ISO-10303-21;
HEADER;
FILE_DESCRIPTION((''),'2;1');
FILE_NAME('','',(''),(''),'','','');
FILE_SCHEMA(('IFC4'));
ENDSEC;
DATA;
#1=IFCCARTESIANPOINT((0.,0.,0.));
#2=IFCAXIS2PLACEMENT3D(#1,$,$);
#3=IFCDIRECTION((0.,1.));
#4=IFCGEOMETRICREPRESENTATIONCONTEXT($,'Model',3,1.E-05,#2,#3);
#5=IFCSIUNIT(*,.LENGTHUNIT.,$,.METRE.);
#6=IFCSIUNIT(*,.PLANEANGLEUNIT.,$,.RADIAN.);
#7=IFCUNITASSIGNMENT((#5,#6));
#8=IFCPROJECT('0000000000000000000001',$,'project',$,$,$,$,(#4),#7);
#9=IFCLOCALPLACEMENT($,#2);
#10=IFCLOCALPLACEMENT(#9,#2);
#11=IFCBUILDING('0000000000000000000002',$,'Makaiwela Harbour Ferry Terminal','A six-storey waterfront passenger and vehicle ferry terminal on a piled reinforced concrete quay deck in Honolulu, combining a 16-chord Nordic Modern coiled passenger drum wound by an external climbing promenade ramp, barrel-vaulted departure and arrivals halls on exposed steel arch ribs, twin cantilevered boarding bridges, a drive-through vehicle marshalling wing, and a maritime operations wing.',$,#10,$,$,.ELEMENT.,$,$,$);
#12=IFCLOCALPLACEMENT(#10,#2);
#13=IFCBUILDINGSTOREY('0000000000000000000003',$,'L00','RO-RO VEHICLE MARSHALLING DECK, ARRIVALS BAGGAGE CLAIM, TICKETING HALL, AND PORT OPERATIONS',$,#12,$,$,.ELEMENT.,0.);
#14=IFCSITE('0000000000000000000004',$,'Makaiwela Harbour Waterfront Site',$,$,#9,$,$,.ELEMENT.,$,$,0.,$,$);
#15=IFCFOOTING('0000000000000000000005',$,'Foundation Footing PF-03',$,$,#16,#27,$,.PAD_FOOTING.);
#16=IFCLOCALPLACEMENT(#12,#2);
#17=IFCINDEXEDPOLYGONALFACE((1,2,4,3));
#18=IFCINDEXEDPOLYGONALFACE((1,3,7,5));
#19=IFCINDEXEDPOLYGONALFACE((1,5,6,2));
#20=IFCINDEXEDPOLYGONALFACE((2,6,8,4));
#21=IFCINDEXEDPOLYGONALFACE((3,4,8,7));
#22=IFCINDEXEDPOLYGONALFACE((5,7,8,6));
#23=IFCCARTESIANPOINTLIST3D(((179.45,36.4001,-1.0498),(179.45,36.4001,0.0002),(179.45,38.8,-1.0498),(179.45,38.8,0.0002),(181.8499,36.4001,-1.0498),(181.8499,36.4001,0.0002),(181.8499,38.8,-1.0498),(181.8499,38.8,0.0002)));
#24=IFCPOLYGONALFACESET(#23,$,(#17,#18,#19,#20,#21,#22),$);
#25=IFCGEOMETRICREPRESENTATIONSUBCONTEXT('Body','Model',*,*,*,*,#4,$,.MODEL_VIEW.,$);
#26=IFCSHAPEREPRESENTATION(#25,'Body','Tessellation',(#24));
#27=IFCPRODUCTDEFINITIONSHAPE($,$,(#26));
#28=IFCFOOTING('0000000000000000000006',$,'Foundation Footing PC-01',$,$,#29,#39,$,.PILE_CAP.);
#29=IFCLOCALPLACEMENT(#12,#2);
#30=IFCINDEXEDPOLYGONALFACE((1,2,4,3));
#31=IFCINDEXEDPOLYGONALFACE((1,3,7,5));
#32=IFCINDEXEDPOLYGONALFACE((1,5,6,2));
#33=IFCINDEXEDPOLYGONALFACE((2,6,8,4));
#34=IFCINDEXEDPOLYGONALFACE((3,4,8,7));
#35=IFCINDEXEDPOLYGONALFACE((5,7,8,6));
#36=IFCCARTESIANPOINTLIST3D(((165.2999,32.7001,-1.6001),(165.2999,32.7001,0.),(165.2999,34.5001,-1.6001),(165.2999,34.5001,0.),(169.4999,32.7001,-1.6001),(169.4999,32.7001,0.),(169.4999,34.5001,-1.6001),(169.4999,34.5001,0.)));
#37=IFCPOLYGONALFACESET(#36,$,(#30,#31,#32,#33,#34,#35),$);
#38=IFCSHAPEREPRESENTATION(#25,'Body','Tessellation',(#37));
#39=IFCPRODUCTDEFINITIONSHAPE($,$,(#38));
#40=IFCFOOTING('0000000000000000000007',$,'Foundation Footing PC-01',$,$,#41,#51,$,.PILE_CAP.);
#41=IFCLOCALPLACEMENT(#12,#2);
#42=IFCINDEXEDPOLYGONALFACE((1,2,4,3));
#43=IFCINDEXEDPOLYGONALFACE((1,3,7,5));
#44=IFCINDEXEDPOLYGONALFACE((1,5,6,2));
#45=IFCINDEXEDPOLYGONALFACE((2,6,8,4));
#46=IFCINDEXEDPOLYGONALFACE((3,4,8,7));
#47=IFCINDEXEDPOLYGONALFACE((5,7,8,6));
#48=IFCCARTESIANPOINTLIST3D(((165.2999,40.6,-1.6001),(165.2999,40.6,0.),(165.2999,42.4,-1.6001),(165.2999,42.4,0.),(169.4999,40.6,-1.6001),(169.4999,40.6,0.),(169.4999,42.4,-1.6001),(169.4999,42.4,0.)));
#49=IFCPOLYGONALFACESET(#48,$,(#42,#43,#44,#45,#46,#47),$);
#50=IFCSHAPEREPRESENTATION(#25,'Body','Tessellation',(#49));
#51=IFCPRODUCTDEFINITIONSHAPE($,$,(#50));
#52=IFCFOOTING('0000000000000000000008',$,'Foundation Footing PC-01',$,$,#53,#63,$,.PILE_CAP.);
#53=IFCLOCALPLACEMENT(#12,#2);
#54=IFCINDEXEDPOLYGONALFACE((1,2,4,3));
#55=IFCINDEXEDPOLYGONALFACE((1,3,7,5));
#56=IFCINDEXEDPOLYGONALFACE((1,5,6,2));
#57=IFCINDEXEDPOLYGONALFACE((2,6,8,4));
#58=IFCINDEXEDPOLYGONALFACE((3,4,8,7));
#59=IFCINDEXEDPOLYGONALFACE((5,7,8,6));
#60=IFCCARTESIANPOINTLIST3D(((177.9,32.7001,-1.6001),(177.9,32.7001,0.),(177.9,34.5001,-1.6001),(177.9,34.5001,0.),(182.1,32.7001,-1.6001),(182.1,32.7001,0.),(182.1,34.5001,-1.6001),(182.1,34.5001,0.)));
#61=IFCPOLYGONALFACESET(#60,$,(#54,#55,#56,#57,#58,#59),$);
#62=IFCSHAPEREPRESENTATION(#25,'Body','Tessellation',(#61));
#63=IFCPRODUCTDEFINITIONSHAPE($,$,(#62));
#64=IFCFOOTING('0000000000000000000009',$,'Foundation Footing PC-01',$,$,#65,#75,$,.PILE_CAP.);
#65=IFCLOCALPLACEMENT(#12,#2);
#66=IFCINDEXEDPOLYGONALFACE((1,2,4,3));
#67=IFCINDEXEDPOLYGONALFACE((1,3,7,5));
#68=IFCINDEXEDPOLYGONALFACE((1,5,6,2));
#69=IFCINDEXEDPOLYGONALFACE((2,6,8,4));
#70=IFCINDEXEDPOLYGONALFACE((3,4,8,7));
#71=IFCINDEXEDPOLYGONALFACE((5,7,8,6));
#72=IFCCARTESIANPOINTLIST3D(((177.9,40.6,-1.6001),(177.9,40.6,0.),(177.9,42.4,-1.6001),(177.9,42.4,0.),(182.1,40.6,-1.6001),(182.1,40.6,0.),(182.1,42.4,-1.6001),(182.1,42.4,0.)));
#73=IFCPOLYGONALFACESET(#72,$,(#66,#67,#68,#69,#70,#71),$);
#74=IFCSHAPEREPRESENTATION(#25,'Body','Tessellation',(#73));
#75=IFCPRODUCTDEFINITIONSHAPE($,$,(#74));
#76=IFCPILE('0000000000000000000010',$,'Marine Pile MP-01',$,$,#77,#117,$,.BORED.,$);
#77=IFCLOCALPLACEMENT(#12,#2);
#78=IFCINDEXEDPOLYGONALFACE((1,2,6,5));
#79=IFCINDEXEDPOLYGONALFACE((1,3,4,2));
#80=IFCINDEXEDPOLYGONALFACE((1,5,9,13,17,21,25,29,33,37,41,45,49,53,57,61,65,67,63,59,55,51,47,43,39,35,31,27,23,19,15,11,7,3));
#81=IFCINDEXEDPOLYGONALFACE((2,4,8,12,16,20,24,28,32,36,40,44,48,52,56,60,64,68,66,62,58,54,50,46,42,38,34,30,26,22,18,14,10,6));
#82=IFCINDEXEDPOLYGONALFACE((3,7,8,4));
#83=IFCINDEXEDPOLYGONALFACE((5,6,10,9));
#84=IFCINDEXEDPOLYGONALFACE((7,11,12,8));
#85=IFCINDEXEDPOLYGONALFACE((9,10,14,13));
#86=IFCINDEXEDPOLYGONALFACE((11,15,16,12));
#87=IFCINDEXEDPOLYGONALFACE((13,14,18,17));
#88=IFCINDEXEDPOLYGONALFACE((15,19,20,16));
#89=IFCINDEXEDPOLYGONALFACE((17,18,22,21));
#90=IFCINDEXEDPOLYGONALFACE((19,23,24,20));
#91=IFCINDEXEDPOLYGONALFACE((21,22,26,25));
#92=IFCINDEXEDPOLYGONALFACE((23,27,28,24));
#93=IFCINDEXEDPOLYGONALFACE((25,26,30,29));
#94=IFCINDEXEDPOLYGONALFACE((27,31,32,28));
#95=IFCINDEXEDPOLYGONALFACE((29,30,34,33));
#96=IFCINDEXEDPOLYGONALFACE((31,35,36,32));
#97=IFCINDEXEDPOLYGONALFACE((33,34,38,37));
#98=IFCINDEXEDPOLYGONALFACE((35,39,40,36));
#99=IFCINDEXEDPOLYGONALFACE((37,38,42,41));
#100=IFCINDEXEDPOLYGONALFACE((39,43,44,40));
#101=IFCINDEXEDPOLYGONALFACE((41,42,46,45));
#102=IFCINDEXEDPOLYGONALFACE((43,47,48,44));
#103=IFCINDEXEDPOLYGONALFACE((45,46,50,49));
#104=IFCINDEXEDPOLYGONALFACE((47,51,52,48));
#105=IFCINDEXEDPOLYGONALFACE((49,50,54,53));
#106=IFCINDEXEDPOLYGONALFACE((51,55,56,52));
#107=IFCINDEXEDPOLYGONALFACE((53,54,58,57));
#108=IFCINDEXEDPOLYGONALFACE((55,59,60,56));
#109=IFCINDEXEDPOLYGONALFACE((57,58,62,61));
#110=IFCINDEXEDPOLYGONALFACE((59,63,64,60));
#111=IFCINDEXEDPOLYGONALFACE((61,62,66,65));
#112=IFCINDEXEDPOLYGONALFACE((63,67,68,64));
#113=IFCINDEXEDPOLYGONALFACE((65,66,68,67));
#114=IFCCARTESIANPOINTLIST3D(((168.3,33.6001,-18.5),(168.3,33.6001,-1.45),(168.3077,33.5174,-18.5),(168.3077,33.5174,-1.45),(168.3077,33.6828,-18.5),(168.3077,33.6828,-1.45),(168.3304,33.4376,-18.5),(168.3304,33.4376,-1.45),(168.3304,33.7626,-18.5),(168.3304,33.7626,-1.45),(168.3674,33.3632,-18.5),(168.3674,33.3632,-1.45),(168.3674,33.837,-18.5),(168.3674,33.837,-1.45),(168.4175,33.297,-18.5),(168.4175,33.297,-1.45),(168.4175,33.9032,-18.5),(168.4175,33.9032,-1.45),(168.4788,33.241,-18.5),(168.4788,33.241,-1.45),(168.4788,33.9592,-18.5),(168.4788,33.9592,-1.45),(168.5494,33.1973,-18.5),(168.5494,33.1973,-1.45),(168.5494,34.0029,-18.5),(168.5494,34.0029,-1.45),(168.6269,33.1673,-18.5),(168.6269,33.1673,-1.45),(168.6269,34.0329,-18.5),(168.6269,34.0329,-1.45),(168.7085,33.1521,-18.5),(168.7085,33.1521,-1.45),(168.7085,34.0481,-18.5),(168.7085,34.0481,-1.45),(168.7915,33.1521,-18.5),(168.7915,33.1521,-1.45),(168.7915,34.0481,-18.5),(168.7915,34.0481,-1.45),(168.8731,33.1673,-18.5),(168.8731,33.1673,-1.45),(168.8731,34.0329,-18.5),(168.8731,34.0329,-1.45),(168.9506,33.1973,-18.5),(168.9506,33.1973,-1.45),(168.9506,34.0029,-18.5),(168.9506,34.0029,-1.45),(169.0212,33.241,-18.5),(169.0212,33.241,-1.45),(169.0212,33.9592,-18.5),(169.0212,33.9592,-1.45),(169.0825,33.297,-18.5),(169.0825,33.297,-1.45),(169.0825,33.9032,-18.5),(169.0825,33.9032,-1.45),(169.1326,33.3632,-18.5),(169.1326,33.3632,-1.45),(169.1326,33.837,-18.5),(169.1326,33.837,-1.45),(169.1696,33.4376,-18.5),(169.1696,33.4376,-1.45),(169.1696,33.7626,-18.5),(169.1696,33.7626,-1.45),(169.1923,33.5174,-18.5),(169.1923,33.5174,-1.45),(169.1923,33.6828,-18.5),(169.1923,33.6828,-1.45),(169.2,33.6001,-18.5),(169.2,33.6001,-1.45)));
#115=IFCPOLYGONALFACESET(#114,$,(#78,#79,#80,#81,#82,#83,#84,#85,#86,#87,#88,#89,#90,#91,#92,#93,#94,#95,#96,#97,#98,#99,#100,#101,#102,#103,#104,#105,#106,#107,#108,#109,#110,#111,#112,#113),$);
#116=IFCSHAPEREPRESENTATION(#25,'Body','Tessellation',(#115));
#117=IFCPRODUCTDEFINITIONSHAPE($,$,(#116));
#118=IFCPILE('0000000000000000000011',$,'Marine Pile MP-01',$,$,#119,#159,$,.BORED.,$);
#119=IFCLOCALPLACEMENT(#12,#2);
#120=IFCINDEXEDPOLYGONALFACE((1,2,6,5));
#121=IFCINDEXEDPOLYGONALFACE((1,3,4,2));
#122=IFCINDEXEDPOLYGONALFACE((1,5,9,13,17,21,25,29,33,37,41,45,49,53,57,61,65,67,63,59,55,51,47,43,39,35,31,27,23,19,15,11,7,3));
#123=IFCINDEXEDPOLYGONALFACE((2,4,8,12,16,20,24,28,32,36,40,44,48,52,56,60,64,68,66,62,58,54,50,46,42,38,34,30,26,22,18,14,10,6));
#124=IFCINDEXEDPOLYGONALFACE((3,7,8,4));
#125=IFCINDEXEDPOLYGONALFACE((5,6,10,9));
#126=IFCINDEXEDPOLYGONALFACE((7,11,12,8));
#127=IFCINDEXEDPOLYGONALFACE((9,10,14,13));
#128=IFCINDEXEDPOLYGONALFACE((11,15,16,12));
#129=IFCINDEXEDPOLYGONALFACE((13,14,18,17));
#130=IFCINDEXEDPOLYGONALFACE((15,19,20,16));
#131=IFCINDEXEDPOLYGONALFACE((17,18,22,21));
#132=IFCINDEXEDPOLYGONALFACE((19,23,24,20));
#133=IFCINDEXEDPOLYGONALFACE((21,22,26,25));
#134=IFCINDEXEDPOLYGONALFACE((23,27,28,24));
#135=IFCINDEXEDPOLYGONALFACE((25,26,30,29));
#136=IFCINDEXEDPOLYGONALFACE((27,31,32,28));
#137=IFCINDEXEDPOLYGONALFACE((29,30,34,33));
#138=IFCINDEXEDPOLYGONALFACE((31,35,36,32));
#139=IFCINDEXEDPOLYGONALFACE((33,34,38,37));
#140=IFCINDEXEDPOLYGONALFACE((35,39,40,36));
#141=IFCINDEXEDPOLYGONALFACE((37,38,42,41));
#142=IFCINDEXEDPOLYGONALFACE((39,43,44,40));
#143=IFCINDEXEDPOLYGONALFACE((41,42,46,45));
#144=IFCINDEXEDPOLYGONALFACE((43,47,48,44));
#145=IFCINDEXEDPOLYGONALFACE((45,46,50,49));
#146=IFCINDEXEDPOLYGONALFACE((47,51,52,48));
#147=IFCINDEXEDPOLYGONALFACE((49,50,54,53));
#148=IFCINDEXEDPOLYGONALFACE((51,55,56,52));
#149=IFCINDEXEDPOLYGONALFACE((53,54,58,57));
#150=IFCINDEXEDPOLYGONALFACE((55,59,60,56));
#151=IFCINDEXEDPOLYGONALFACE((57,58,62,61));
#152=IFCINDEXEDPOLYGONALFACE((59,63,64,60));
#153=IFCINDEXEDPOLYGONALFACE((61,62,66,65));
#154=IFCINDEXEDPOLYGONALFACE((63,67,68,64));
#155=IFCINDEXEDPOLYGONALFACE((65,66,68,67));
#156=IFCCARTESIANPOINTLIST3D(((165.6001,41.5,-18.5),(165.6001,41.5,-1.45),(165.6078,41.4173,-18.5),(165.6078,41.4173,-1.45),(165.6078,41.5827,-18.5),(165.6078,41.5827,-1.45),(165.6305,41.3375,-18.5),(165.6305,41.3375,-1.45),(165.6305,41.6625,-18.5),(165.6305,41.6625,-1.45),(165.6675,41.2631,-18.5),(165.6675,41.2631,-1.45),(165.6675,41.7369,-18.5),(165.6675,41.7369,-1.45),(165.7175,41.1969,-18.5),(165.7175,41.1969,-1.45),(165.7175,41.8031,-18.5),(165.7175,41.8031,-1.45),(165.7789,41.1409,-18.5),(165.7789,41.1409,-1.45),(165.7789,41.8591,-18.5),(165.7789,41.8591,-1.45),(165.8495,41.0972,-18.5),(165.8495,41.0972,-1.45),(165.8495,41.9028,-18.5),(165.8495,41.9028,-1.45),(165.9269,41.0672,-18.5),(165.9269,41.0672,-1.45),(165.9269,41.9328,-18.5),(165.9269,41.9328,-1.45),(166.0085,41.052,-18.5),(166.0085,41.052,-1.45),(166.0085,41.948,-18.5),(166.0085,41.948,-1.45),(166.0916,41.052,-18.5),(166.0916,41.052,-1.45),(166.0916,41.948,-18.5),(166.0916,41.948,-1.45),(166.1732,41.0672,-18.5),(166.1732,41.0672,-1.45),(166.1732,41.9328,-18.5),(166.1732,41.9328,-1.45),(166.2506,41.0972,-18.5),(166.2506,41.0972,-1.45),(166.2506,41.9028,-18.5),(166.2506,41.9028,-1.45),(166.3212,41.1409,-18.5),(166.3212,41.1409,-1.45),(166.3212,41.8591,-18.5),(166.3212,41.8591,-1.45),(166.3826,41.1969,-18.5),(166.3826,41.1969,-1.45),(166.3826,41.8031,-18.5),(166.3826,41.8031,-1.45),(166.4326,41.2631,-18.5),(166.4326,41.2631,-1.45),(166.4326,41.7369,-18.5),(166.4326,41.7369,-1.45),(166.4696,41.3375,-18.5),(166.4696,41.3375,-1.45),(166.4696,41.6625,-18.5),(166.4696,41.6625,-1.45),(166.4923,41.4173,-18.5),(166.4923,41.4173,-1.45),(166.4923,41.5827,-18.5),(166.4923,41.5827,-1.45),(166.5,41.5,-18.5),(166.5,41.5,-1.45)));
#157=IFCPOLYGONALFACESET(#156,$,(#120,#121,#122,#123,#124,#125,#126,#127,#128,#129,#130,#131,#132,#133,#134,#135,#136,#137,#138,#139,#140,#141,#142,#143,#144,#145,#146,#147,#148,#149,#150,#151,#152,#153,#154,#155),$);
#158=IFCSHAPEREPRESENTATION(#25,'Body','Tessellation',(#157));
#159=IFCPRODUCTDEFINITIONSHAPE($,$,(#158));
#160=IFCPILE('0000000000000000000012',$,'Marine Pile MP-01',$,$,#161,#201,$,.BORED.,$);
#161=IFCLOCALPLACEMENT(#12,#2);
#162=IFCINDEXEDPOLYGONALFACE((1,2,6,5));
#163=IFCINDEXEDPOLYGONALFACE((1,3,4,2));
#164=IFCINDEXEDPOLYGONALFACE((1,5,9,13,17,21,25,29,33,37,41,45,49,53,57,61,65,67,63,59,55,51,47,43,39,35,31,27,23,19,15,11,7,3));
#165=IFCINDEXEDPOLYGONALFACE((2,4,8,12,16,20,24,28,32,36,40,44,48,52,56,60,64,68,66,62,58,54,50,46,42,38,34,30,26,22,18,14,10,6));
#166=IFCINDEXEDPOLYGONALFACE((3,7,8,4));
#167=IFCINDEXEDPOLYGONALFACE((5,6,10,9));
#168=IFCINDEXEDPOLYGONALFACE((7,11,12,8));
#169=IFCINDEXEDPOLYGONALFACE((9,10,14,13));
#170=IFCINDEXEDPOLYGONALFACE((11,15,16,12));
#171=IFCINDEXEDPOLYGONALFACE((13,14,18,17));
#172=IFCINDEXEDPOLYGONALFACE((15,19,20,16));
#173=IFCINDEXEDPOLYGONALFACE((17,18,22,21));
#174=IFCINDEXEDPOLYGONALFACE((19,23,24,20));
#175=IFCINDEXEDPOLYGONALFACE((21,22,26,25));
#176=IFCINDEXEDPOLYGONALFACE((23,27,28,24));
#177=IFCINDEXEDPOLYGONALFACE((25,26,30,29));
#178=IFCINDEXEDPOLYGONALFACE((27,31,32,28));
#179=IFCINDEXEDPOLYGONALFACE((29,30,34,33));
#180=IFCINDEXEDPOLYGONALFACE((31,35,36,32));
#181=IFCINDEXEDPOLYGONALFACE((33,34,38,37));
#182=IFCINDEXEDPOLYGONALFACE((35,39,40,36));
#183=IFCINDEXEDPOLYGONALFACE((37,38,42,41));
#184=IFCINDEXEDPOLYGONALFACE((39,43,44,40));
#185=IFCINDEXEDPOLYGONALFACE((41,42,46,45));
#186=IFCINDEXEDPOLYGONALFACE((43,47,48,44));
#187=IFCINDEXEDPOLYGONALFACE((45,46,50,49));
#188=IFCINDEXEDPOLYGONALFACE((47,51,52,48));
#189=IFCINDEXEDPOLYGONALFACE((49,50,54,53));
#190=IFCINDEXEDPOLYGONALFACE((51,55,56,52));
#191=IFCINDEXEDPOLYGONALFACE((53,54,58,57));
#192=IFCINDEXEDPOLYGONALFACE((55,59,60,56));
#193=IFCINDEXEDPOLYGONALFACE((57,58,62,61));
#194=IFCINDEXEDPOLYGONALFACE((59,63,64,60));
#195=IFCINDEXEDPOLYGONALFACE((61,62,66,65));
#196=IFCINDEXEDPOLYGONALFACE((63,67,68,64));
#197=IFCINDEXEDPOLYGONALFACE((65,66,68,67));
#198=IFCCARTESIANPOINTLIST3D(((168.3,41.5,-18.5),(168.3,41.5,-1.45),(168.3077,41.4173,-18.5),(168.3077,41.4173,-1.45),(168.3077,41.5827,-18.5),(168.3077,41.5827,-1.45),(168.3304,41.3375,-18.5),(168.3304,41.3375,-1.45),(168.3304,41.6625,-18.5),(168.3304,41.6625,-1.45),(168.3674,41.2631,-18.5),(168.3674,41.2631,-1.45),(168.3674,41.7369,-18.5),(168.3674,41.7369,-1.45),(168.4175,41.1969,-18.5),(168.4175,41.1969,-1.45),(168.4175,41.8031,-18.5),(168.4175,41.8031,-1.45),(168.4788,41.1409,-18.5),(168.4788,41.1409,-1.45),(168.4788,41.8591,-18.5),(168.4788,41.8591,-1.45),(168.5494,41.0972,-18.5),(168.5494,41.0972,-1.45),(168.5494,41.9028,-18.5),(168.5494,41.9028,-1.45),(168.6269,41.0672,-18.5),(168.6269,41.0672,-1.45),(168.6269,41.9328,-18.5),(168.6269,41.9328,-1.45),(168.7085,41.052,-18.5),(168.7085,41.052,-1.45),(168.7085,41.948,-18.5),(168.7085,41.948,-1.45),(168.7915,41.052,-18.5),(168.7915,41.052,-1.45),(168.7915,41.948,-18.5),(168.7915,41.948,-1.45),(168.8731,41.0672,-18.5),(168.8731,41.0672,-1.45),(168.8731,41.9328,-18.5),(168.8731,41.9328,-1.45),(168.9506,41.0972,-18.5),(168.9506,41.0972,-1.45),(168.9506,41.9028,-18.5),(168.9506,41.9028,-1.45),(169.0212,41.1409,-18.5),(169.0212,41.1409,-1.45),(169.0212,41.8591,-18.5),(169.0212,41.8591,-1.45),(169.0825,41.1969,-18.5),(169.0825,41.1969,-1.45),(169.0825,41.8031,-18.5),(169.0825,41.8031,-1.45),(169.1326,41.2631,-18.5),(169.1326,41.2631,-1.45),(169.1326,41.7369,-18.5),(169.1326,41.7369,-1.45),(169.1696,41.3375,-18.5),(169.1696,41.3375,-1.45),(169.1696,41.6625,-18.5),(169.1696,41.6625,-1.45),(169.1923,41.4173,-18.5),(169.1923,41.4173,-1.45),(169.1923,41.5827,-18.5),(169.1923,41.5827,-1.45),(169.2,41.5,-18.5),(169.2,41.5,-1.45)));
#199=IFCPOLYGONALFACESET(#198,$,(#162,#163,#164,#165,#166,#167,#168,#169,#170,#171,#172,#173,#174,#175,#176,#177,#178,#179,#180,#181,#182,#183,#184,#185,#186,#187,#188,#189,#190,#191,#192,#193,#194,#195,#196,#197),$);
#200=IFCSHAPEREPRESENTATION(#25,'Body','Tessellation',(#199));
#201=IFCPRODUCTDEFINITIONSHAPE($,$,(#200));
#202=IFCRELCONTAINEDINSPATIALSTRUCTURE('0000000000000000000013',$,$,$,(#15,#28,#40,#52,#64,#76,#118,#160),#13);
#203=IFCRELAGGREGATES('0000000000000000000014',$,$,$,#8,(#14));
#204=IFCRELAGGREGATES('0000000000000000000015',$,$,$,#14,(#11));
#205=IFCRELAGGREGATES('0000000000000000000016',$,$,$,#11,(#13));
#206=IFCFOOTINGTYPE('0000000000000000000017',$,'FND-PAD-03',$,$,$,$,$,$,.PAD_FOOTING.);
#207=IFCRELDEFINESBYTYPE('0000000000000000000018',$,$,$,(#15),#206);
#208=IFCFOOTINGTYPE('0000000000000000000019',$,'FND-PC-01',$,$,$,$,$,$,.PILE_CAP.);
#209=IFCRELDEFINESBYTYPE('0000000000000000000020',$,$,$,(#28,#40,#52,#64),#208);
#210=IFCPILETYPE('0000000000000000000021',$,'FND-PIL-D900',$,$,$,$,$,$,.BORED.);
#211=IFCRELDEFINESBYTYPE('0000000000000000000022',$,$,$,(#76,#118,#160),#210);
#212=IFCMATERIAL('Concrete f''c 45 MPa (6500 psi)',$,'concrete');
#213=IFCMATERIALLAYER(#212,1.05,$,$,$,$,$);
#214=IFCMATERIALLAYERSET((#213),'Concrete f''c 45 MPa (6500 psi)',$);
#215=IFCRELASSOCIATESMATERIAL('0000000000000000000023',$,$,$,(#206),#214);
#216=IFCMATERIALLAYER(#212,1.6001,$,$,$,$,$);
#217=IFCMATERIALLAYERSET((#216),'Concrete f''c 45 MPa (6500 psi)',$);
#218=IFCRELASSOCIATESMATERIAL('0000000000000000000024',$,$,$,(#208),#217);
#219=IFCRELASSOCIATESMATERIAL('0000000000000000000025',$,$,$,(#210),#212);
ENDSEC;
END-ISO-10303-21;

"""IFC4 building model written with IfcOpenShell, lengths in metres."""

from ifc_helpers import new_model, si_unit, direction, frame, origin, origin_2d, place, context, subcontext, project, spatial, rectangle, circle, extrude, material, layer, layer_set, material_profile, profile_set, type_object, element, save


model = new_model("IFC4")

# Units and contexts
model_context = context("Model", 3, precision=1e-05, world=origin(), true_north=direction((0.0, 1.0)))
body_context = subcontext(model_context, "Body", "Model", "MODEL_VIEW")
ifc_project = project(units=[si_unit("LENGTHUNIT", "METRE"), si_unit("PLANEANGLEUNIT", "RADIAN")], contexts=[model_context])

# Site, building, storey
site_placement = place(None, origin())
site = spatial("IfcSite", under=ifc_project, at=site_placement, Name="Makaiwela Harbour Waterfront Site", CompositionType="ELEMENT", RefElevation=0.0)
building_placement = place(site_placement, origin())
building = spatial("IfcBuilding", under=site, at=building_placement, Name="Makaiwela Harbour Ferry Terminal", Description="A six-storey waterfront passenger and vehicle ferry terminal on a piled reinforced concrete quay deck in Honolulu, combining a 16-chord Nordic Modern coiled passenger drum wound by an external climbing promenade ramp, barrel-vaulted departure and arrivals halls on exposed steel arch ribs, twin cantilevered boarding bridges, a drive-through vehicle marshalling wing, and a maritime operations wing.", CompositionType="ELEMENT")
storey_placement = place(building_placement, origin())
storey = spatial("IfcBuildingStorey", under=building, at=storey_placement, Name="L00", Description="RO-RO VEHICLE MARSHALLING DECK, ARRIVALS BAGGAGE CLAIM, TICKETING HALL, AND PORT OPERATIONS", CompositionType="ELEMENT", Elevation=0.0)

# Footings
ifc_material_1 = material(Name="Concrete f'c 45 MPa (6500 psi)", Category="concrete")
ifc_layer_1 = layer(ifc_material_1, 1.05)
ifc_layer_set_1 = layer_set([ifc_layer_1], Name="Concrete f'c 45 MPa (6500 psi)")
footing_type_1 = type_object("IfcFootingType", Name="FND-PAD-03", PredefinedType="PAD_FOOTING", material=ifc_layer_set_1)
footing_1_placement = place(storey_placement, frame((180.6499, 37.6001, -1.0498), z_axis=(0.0, 0.0, 1.0), x_axis=(1.0, 0.0, 0.0)))
element("IfcFooting", 1, at=footing_1_placement, inside=storey, type_object=footing_type_1, Name="Foundation Footing PF-03", PredefinedType="PAD_FOOTING", context=body_context, shape_type="SweptSolid", body=[
    extrude(rectangle(XDim=2.3999, YDim=2.3999, at=origin_2d()), origin(), (0.0, 0.0, 1.0), 1.05),
])
ifc_layer_2 = layer(ifc_material_1, 1.6001)
ifc_layer_set_2 = layer_set([ifc_layer_2], Name="Concrete f'c 45 MPa (6500 psi)")
footing_type_2 = type_object("IfcFootingType", Name="FND-PC-01", PredefinedType="PILE_CAP", material=ifc_layer_set_2)
for number, where, z_axis, x_axis, name in (
    (2, (167.3999, 33.6001, -1.6001), (0.0, 0.0, 1.0), (1.0, 0.0, 0.0), "Foundation Footing PC-01"),
    (3, (167.3999, 41.5, -1.6001), (0.0, 0.0, 1.0), (1.0, 0.0, 0.0), "Foundation Footing PC-01"),
    (4, (180.0, 33.6001, -1.6001), (0.0, 0.0, 1.0), (1.0, 0.0, 0.0), "Foundation Footing PC-01"),
    (5, (180.0, 41.5, -1.6001), (0.0, 0.0, 1.0), (1.0, 0.0, 0.0), "Foundation Footing PC-01"),
):
    element("IfcFooting", number, at=place(storey_placement, frame(where, z_axis=z_axis, x_axis=x_axis)), inside=storey, type_object=footing_type_2, Name=name, PredefinedType="PILE_CAP", context=body_context, shape_type="SweptSolid", body=[
        extrude(rectangle(XDim=4.2, YDim=1.8, at=origin_2d()), origin(), (0.0, 0.0, 1.0), 1.6001),
    ])

# Piles
ifc_material_profile_1 = material_profile(ifc_material_1, circle(Radius=0.45, at=origin_2d()), Name="PILE-D900")
ifc_profile_set_1 = profile_set([ifc_material_profile_1], Name="Concrete f'c 45 MPa (6500 psi)")
pile_type = type_object("IfcPileType", Name="FND-PIL-D900", PredefinedType="BORED", material=ifc_profile_set_1)
for number, where, z_axis, x_axis, name in (
    (6, (168.75, 33.6001, -1.45), (0.0, 0.0, -1.0), (1.0, 0.0, 0.0), "Marine Pile MP-01"),
    (7, (166.05, 41.5, -1.45), (0.0, 0.0, -1.0), (1.0, 0.0, 0.0), "Marine Pile MP-01"),
    (8, (168.75, 41.5, -1.45), (0.0, 0.0, -1.0), (1.0, 0.0, 0.0), "Marine Pile MP-01"),
):
    element("IfcPile", number, at=place(storey_placement, frame(where, z_axis=z_axis, x_axis=x_axis)), inside=storey, type_object=pile_type, Name=name, PredefinedType="BORED", context=body_context, shape_type="SweptSolid", body=[
        extrude(circle(Radius=0.45, at=origin_2d()), origin(), (0.0, 0.0, 1.0), 17.05),
    ])

save(model, "model.ifc")
